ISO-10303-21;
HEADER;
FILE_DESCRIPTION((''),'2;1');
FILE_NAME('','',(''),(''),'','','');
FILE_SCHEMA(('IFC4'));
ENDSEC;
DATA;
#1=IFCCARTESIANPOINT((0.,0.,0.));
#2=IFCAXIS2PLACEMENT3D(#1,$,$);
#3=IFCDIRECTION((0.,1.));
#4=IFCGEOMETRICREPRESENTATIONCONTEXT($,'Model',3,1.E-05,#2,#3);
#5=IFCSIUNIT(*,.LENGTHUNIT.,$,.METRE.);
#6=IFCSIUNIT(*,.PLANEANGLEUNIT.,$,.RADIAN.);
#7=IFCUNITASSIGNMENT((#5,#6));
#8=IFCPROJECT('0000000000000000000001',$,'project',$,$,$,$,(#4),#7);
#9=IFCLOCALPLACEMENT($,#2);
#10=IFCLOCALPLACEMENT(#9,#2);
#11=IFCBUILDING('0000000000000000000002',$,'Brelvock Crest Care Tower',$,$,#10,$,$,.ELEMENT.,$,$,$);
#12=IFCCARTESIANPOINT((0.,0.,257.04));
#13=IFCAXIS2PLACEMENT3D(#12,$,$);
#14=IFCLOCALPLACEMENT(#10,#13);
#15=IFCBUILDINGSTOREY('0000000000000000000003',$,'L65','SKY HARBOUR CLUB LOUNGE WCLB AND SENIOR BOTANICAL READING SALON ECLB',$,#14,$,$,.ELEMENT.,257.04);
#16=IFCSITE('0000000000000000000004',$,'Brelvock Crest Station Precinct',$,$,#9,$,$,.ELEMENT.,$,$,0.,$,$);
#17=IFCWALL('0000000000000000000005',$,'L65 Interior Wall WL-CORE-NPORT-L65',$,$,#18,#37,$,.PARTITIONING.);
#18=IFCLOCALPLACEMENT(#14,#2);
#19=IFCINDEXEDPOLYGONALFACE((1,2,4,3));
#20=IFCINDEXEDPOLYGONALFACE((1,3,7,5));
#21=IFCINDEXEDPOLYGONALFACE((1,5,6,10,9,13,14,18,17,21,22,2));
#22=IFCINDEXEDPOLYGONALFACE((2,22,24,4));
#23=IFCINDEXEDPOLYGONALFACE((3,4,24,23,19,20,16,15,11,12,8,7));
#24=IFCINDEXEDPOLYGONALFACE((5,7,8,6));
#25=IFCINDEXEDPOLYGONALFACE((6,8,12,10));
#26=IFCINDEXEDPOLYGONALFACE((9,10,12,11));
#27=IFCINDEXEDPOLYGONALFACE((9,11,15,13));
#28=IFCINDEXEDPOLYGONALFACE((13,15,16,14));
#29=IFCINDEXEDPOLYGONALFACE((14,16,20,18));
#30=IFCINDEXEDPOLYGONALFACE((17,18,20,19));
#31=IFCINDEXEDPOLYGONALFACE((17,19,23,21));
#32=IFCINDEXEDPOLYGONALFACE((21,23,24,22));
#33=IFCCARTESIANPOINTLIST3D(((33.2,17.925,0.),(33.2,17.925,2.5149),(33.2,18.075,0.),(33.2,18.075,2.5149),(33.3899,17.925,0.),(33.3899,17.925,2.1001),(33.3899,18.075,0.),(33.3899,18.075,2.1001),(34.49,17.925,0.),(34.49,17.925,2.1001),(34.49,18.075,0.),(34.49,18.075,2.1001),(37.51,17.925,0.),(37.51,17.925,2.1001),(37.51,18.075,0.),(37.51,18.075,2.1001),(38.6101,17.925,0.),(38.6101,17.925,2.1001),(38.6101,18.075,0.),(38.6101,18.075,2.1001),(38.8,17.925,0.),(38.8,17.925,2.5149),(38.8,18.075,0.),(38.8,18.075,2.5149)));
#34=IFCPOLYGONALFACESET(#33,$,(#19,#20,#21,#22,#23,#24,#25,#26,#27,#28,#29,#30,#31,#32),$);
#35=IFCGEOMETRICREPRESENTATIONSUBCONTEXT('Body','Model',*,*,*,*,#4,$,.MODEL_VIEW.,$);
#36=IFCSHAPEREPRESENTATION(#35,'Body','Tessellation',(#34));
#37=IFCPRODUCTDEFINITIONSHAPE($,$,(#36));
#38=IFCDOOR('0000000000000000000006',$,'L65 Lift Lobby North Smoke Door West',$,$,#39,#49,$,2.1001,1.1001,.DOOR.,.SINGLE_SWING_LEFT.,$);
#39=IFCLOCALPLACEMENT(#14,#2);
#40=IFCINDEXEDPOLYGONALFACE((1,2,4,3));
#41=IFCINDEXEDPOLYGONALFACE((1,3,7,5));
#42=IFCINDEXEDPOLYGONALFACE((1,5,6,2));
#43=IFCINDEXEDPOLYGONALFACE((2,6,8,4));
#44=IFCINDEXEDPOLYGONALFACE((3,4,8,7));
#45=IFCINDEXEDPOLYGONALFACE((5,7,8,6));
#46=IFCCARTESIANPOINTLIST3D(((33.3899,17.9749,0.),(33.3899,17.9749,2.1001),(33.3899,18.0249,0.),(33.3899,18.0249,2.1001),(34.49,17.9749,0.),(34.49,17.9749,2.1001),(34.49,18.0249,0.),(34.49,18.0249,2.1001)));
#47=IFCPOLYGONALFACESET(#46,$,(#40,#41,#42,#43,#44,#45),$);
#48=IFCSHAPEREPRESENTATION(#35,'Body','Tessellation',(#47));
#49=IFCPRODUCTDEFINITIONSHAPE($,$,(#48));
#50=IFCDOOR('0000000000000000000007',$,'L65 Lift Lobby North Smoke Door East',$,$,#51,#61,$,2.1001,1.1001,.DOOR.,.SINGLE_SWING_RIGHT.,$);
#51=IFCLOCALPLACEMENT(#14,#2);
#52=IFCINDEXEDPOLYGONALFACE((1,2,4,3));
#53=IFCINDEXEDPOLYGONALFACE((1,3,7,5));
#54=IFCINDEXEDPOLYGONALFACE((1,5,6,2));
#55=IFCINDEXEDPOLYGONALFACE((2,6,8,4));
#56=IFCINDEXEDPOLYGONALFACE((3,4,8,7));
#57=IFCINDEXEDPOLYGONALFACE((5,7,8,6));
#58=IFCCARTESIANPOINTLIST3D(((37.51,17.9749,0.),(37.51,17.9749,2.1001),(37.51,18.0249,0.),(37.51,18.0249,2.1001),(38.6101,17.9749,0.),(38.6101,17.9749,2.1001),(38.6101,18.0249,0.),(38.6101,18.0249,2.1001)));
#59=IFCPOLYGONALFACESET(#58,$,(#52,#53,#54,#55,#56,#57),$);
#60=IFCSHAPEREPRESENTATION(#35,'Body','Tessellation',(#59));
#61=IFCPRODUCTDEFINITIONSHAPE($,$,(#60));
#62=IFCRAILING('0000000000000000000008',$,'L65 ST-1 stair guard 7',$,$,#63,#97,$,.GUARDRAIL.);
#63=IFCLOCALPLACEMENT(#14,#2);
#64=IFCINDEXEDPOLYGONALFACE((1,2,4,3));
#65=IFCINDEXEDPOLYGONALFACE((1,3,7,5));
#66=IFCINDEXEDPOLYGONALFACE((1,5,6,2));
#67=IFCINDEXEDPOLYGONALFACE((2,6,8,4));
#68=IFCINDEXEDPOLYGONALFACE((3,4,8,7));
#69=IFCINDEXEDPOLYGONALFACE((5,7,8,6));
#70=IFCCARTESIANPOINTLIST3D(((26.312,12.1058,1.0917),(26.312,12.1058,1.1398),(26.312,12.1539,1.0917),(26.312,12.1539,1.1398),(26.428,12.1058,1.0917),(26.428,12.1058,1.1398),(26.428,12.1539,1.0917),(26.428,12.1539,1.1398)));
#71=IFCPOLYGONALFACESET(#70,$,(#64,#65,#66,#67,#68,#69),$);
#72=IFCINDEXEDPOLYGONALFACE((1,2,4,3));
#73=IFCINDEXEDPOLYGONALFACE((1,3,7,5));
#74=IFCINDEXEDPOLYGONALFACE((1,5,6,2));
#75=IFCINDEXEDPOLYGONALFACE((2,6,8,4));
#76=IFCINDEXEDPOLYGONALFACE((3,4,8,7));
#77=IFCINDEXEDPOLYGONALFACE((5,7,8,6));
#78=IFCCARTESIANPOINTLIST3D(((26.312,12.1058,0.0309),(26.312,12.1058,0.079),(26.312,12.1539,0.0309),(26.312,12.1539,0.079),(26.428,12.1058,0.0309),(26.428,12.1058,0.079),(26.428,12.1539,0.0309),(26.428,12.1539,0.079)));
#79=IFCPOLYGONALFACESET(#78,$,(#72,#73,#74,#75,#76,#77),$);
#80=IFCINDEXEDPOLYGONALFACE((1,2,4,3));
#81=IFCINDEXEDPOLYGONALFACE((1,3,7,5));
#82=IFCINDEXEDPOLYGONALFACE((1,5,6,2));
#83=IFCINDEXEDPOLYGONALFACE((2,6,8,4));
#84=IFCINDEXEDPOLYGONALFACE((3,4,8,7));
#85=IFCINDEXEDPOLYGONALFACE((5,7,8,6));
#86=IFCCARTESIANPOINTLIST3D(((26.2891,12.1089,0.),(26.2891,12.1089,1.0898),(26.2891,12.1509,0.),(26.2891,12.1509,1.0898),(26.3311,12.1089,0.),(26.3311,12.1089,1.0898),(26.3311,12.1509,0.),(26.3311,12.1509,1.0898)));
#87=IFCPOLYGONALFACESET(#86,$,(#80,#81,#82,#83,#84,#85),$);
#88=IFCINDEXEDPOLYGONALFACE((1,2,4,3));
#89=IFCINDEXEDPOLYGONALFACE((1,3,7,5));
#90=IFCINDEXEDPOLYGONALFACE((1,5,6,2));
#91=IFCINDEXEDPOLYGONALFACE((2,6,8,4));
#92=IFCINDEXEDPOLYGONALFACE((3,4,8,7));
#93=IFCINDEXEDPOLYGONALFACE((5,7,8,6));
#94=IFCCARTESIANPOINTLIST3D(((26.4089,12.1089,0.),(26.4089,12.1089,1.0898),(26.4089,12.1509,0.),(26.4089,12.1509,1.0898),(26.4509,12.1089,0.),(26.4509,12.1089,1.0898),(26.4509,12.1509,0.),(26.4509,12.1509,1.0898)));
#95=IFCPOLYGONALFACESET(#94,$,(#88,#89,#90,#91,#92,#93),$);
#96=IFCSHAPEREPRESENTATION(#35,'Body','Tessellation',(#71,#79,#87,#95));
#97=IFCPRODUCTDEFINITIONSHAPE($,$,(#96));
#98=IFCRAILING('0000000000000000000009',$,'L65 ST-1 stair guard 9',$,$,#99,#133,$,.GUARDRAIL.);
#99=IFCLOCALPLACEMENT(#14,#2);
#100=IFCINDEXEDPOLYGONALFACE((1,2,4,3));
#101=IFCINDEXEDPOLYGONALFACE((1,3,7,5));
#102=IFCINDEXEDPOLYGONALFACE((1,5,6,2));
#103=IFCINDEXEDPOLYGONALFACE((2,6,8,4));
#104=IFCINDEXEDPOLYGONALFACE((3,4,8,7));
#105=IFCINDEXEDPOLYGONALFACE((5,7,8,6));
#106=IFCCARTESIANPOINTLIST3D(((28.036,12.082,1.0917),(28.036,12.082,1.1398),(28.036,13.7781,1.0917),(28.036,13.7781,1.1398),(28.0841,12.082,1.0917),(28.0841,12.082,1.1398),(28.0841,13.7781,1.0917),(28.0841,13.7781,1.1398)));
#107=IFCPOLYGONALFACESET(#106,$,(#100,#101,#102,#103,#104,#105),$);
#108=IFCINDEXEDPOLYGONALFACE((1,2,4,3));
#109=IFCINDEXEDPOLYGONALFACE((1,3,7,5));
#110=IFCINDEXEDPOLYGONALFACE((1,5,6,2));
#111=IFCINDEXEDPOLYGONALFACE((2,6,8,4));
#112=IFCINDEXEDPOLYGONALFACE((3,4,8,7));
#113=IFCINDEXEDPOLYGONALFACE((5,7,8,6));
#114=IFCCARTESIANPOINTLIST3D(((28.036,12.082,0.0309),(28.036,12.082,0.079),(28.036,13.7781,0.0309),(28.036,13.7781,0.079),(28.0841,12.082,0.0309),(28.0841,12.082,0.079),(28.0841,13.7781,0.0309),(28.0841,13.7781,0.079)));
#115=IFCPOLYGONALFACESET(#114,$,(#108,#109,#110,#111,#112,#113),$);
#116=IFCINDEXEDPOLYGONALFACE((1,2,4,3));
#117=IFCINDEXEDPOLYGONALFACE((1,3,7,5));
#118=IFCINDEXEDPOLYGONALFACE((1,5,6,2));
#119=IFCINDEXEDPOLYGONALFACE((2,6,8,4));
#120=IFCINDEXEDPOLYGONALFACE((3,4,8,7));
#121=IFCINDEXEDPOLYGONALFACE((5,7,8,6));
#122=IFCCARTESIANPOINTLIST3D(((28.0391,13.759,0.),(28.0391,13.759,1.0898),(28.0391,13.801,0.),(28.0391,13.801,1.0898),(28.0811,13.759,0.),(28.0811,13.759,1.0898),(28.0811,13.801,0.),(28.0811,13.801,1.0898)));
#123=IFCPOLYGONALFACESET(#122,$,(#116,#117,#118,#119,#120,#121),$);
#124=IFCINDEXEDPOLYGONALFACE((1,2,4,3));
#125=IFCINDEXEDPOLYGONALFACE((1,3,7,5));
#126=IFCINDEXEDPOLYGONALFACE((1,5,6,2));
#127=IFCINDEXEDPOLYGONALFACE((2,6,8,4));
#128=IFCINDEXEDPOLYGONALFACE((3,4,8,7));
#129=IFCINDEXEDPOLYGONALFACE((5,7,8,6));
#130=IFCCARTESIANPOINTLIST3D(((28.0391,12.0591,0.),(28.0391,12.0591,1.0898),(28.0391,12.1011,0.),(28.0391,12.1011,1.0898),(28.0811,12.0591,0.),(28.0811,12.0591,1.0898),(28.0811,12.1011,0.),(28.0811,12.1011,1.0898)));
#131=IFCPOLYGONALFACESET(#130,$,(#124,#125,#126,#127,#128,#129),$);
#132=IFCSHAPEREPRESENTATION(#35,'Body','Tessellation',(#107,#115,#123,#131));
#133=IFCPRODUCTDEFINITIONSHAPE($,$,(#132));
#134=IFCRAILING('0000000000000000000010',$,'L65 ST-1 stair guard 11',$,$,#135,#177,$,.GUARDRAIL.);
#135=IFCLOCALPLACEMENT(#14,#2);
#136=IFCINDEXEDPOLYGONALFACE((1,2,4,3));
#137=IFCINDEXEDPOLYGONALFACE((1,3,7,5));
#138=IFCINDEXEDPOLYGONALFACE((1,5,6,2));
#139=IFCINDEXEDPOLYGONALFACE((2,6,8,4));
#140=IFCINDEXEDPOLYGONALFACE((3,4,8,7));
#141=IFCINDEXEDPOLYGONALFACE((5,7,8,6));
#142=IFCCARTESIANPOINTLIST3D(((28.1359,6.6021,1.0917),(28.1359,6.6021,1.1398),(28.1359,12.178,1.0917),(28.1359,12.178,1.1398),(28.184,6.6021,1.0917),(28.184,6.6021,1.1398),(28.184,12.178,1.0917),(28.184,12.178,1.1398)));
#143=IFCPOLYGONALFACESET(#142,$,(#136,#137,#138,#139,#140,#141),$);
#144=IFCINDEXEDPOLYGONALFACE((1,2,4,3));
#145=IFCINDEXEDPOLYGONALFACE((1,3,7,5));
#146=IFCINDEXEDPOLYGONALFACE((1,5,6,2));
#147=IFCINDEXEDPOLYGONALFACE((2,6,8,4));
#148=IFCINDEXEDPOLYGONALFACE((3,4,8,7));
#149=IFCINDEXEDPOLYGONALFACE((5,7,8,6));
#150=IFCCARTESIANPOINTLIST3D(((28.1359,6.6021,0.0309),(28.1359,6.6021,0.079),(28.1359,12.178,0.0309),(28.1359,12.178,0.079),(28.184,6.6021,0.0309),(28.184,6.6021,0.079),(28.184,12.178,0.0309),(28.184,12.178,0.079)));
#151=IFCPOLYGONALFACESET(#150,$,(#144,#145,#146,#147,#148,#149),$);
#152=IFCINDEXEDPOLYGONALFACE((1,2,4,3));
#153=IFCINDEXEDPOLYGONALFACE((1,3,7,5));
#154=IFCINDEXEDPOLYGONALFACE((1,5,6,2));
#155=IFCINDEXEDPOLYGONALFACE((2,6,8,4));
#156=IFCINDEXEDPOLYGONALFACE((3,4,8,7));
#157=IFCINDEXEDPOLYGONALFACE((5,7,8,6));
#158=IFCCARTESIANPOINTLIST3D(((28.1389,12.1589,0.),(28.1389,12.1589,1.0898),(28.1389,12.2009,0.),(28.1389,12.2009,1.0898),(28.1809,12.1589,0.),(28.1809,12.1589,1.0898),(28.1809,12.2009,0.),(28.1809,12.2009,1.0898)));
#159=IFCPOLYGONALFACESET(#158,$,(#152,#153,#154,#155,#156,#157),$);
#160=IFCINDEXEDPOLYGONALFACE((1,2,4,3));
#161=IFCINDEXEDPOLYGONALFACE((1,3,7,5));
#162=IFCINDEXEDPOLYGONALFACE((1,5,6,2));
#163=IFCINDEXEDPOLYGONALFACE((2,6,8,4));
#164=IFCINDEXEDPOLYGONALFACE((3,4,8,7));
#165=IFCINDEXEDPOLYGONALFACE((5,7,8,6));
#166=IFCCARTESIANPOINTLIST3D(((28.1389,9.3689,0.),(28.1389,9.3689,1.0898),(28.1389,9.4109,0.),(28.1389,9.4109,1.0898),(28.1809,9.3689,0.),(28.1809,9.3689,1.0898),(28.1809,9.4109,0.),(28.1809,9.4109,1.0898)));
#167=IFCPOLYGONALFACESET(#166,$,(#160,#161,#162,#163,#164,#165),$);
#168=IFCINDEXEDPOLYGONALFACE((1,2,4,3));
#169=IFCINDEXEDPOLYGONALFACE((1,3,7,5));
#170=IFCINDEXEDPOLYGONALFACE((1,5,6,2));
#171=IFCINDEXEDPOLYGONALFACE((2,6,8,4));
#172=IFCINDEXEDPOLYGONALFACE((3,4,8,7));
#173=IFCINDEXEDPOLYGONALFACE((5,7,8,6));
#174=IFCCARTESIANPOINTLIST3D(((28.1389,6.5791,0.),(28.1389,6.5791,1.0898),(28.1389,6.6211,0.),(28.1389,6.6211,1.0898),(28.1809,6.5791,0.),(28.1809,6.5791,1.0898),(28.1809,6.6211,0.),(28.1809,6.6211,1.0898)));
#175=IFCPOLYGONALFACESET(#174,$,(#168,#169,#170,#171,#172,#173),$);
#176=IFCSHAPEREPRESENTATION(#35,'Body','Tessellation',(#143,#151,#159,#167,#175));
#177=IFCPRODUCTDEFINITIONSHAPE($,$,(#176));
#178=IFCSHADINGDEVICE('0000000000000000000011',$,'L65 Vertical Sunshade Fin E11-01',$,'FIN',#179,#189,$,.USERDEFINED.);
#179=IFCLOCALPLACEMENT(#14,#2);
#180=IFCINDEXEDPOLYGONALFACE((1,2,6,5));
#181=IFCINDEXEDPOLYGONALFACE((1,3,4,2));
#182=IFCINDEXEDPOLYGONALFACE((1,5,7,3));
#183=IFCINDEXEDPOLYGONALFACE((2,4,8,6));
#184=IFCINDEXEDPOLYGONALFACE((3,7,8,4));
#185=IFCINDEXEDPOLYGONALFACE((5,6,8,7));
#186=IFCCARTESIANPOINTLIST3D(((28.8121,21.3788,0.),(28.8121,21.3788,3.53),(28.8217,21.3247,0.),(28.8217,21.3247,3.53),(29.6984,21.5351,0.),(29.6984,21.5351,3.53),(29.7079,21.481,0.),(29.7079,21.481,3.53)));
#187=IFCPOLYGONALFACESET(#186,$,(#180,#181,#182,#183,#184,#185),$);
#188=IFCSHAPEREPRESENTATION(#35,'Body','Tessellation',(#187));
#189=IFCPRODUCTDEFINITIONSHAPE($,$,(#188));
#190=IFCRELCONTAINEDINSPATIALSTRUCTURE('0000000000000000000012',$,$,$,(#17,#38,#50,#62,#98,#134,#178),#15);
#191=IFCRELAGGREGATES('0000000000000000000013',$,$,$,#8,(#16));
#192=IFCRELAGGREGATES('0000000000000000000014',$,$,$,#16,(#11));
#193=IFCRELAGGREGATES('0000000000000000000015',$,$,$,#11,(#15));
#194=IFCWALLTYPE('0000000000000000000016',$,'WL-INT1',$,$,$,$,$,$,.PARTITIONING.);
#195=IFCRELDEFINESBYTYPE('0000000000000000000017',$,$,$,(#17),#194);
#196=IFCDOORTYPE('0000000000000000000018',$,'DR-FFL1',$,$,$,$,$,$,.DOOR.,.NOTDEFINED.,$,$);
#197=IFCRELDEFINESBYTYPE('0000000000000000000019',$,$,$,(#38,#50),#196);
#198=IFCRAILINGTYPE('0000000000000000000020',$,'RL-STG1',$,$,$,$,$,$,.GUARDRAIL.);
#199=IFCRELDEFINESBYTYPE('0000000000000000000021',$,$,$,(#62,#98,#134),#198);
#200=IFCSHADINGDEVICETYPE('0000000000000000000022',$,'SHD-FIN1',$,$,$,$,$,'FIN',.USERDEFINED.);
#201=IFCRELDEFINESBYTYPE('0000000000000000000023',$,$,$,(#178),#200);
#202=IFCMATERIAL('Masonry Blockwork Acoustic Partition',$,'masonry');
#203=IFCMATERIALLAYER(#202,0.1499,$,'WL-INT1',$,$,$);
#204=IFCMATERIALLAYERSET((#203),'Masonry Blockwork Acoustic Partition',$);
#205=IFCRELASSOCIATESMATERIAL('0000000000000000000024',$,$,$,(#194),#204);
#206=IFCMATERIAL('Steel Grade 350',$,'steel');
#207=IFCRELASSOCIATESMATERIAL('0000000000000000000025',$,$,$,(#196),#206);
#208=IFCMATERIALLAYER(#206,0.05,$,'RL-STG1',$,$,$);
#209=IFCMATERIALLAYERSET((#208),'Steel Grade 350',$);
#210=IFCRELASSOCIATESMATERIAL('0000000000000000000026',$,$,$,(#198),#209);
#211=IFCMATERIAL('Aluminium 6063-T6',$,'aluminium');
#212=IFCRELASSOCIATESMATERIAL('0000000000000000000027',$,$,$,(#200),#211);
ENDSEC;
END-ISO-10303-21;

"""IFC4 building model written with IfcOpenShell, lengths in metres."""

from ifc_helpers import new_model, si_unit, direction, frame, frame_2d, origin, origin_2d, place, context, subcontext, project, spatial, rectangle, extrude, source, transform, mapped, material, layer, layer_set, material_profile, profile_set, type_object, element, fill, save


model = new_model("IFC4")

# Units and contexts
model_context = context("Model", 3, precision=1e-05, world=origin(), true_north=direction((0.0, 1.0)))
body_context = subcontext(model_context, "Body", "Model", "MODEL_VIEW")
ifc_project = project(units=[si_unit("LENGTHUNIT", "METRE"), si_unit("PLANEANGLEUNIT", "RADIAN")], contexts=[model_context])

# Site, building, storey
site_placement = place(None, origin())
site = spatial("IfcSite", under=ifc_project, at=site_placement, Name="Brelvock Crest Station Precinct", CompositionType="ELEMENT", RefElevation=0.0)
building_placement = place(site_placement, origin())
building = spatial("IfcBuilding", under=site, at=building_placement, Name="Brelvock Crest Care Tower", CompositionType="ELEMENT")
storey_placement = place(building_placement, frame((0.0, 0.0, 257.04)))
storey = spatial("IfcBuildingStorey", under=building, at=storey_placement, Name="L65", Description="SKY HARBOUR CLUB LOUNGE WCLB AND SENIOR BOTANICAL READING SALON ECLB", CompositionType="ELEMENT", Elevation=257.04)

# Shared definitions
ifc_material_1 = material(Name="Steel Grade 350", Category="steel")

# Shared definitions
ifc_material_2 = material(Name="Aluminium 6063-T6", Category="aluminium")

# Shared definitions
ifc_material_3 = material(Name="Masonry Blockwork Acoustic Partition", Category="masonry")
ifc_layer_1 = layer(ifc_material_3, 0.1499, Name="WL-INT1")
ifc_layer_set_1 = layer_set([ifc_layer_1], Name="Masonry Blockwork Acoustic Partition")
wall_type = type_object("IfcWallType", Name="WL-INT1", PredefinedType="PARTITIONING", material=ifc_layer_set_1)

# Wall, openings, doors
wall_1_placement = place(storey_placement, frame((33.2, 18.0, 0.0), z_axis=(0.0, 0.0, 1.0), x_axis=(1.0, 0.0, 0.0)))
wall_1 = element("IfcWall", 1, at=wall_1_placement, inside=storey, type_object=wall_type, Name="L65 Interior Wall WL-CORE-NPORT-L65", PredefinedType="PARTITIONING", context=body_context, shape_type="SweptSolid", body=[
    extrude(rectangle(XDim=5.6001, YDim=0.1499, at=frame_2d((2.8, 0.0))), origin(), (0.0, 0.0, 1.0), 2.5149),
])
opening_1_placement = place(wall_1_placement, frame((0.1899, 0.0, 0.0)))
opening_1 = element("IfcOpeningElement", 2, at=opening_1_placement, cuts=wall_1, PredefinedType="OPENING", context=body_context, shape_type="SweptSolid", body=[
    extrude(rectangle(XDim=1.1001, YDim=2.1001, at=origin_2d()), frame((0.55, 0.085, 1.05), z_axis=(0.0, -1.0, 0.0), x_axis=(1.0, 0.0, 0.0)), (0.0, 0.0, 1.0), 0.1699),
])
opening_2_placement = place(wall_1_placement, frame((4.3101, 0.0, 0.0)))
opening_2 = element("IfcOpeningElement", 3, at=opening_2_placement, cuts=wall_1, PredefinedType="OPENING", context=body_context, shape_type="SweptSolid", body=[
    extrude(rectangle(XDim=1.1001, YDim=2.1001, at=origin_2d()), frame((0.55, 0.085, 1.05), z_axis=(0.0, -1.0, 0.0), x_axis=(1.0, 0.0, 0.0)), (0.0, 0.0, 1.0), 0.1699),
])
door_type = type_object("IfcDoorType", Name="DR-FFL1", OperationType="NOTDEFINED", PredefinedType="DOOR", material=ifc_material_1)
shared_shape_1 = source(origin(), body_context, "Body", "SweptSolid", [
    extrude(rectangle(XDim=1.1001, YDim=2.1001, at=origin_2d()), frame((0.55, 0.0249, 1.05), z_axis=(0.0, -1.0, 0.0), x_axis=(1.0, 0.0, 0.0)), (0.0, 0.0, 1.0), 0.05),
])
door_1_placement = place(opening_1_placement, origin())
door_1 = element("IfcDoor", 4, at=door_1_placement, inside=storey, type_object=door_type, Name="L65 Lift Lobby North Smoke Door West", OperationType="SINGLE_SWING_LEFT", OverallHeight=2.1001, OverallWidth=1.1001, PredefinedType="DOOR", context=body_context, shape_type="MappedRepresentation", body=[
    mapped(shared_shape_1, transform((0.0, 0.0, 0.0), x_axis=(1.0, 0.0, 0.0), y_axis=(0.0, 1.0, 0.0), z_axis=(0.0, 0.0, 1.0), scale=1.0)),
])
fill(opening_1, door_1)
door_2_placement = place(opening_2_placement, origin())
door_2 = element("IfcDoor", 5, at=door_2_placement, inside=storey, type_object=door_type, Name="L65 Lift Lobby North Smoke Door East", OperationType="SINGLE_SWING_RIGHT", OverallHeight=2.1001, OverallWidth=1.1001, PredefinedType="DOOR", context=body_context, shape_type="MappedRepresentation", body=[
    mapped(shared_shape_1, transform((0.0, 0.0, 0.0), x_axis=(1.0, 0.0, 0.0), y_axis=(0.0, 1.0, 0.0), z_axis=(0.0, 0.0, 1.0), scale=1.0)),
])
fill(opening_2, door_2)

# Railings
ifc_layer_2 = layer(ifc_material_1, 0.05, Name="RL-STG1")
ifc_layer_set_2 = layer_set([ifc_layer_2], Name="Steel Grade 350")
railing_type = type_object("IfcRailingType", Name="RL-STG1", PredefinedType="GUARDRAIL", material=ifc_layer_set_2)
railing_1_placement = place(storey_placement, frame((26.3101, 12.1299, 0.0)))
element("IfcRailing", 6, at=railing_1_placement, inside=storey, type_object=railing_type, Name="L65 ST-1 stair guard 7", PredefinedType="GUARDRAIL", context=body_context, shape_type="SweptSolid", body=[
    extrude(rectangle(XDim=0.0481, YDim=0.0481, at=origin_2d()), frame((0.002, 0.0, 1.1157), z_axis=(1.0, 0.0, 0.0), x_axis=(0.0, 1.0, 0.0)), (0.0, 0.0, 1.0), 0.116),
    extrude(rectangle(XDim=0.0481, YDim=0.0481, at=origin_2d()), frame((0.002, 0.0, 0.0549), z_axis=(1.0, 0.0, 0.0), x_axis=(0.0, 1.0, 0.0)), (0.0, 0.0, 1.0), 0.116),
    extrude(rectangle(XDim=0.042, YDim=0.042, at=origin_2d()), origin(), (0.0, 0.0, 1.0), 1.0898),
    extrude(rectangle(XDim=0.042, YDim=0.042, at=origin_2d()), frame((0.1199, 0.0, 0.0)), (0.0, 0.0, 1.0), 1.0898),
])
railing_2_placement = place(storey_placement, frame((28.0601, 13.78, 0.0)))
element("IfcRailing", 7, at=railing_2_placement, inside=storey, type_object=railing_type, Name="L65 ST-1 stair guard 9", PredefinedType="GUARDRAIL", context=body_context, shape_type="SweptSolid", body=[
    extrude(rectangle(XDim=0.0481, YDim=0.0481, at=origin_2d()), frame((0.0, -0.002, 1.1157), z_axis=(0.0, -1.0, 0.0), x_axis=(1.0, 0.0, 0.0)), (0.0, 0.0, 1.0), 1.696),
    extrude(rectangle(XDim=0.0481, YDim=0.0481, at=origin_2d()), frame((0.0, -0.002, 0.0549), z_axis=(0.0, -1.0, 0.0), x_axis=(1.0, 0.0, 0.0)), (0.0, 0.0, 1.0), 1.696),
    extrude(rectangle(XDim=0.042, YDim=0.042, at=origin_2d()), origin(), (0.0, 0.0, 1.0), 1.0898),
    extrude(rectangle(XDim=0.042, YDim=0.042, at=origin_2d()), frame((0.0, -1.7, 0.0)), (0.0, 0.0, 1.0), 1.0898),
])
railing_3_placement = place(storey_placement, frame((28.1599, 12.1799, 0.0)))
element("IfcRailing", 8, at=railing_3_placement, inside=storey, type_object=railing_type, Name="L65 ST-1 stair guard 11", PredefinedType="GUARDRAIL", context=body_context, shape_type="SweptSolid", body=[
    extrude(rectangle(XDim=0.0481, YDim=0.0481, at=origin_2d()), frame((0.0, -0.002, 1.1157), z_axis=(0.0, -1.0, 0.0), x_axis=(1.0, 0.0, 0.0)), (0.0, 0.0, 1.0), 5.5759),
    extrude(rectangle(XDim=0.0481, YDim=0.0481, at=origin_2d()), frame((0.0, -0.002, 0.0549), z_axis=(0.0, -1.0, 0.0), x_axis=(1.0, 0.0, 0.0)), (0.0, 0.0, 1.0), 5.5759),
    extrude(rectangle(XDim=0.042, YDim=0.042, at=origin_2d()), origin(), (0.0, 0.0, 1.0), 1.0898),
    extrude(rectangle(XDim=0.042, YDim=0.042, at=origin_2d()), frame((0.0, -2.79, 0.0)), (0.0, 0.0, 1.0), 1.0898),
    extrude(rectangle(XDim=0.042, YDim=0.042, at=origin_2d()), frame((0.0, -5.5798, 0.0)), (0.0, 0.0, 1.0), 1.0898),
])

# Shading device
ifc_material_profile_1 = material_profile(ifc_material_2, rectangle(XDim=0.0549, YDim=0.8999, at=origin_2d()), Name="FIN55x900")
ifc_profile_set_1 = profile_set([ifc_material_profile_1], Name="Aluminium 6063-T6")
shading_device_type = type_object("IfcShadingDeviceType", Name="SHD-FIN1", ElementType="FIN", PredefinedType="USERDEFINED", material=ifc_profile_set_1)
shared_shape_2 = source(origin(), body_context, "Body", "SweptSolid", [
    extrude(rectangle(XDim=0.0549, YDim=0.8999, at=origin_2d()), origin(), (0.0, 0.0, 1.0), 3.53),
])
shading_device_placement = place(storey_placement, frame((29.26, 21.4299, 0.0), z_axis=(0.0, 0.0, 1.0), x_axis=(-0.173648, 0.984808, 0.0)))
element("IfcShadingDevice", 9, at=shading_device_placement, inside=storey, type_object=shading_device_type, Name="L65 Vertical Sunshade Fin E11-01", ObjectType="FIN", PredefinedType="USERDEFINED", context=body_context, shape_type="MappedRepresentation", body=[
    mapped(shared_shape_2, transform((0.0, 0.0, 0.0), x_axis=(1.0, 0.0, 0.0), y_axis=(0.0, 1.0, 0.0), z_axis=(0.0, 0.0, 1.0), scale=1.0)),
])

save(model, "model.ifc")
